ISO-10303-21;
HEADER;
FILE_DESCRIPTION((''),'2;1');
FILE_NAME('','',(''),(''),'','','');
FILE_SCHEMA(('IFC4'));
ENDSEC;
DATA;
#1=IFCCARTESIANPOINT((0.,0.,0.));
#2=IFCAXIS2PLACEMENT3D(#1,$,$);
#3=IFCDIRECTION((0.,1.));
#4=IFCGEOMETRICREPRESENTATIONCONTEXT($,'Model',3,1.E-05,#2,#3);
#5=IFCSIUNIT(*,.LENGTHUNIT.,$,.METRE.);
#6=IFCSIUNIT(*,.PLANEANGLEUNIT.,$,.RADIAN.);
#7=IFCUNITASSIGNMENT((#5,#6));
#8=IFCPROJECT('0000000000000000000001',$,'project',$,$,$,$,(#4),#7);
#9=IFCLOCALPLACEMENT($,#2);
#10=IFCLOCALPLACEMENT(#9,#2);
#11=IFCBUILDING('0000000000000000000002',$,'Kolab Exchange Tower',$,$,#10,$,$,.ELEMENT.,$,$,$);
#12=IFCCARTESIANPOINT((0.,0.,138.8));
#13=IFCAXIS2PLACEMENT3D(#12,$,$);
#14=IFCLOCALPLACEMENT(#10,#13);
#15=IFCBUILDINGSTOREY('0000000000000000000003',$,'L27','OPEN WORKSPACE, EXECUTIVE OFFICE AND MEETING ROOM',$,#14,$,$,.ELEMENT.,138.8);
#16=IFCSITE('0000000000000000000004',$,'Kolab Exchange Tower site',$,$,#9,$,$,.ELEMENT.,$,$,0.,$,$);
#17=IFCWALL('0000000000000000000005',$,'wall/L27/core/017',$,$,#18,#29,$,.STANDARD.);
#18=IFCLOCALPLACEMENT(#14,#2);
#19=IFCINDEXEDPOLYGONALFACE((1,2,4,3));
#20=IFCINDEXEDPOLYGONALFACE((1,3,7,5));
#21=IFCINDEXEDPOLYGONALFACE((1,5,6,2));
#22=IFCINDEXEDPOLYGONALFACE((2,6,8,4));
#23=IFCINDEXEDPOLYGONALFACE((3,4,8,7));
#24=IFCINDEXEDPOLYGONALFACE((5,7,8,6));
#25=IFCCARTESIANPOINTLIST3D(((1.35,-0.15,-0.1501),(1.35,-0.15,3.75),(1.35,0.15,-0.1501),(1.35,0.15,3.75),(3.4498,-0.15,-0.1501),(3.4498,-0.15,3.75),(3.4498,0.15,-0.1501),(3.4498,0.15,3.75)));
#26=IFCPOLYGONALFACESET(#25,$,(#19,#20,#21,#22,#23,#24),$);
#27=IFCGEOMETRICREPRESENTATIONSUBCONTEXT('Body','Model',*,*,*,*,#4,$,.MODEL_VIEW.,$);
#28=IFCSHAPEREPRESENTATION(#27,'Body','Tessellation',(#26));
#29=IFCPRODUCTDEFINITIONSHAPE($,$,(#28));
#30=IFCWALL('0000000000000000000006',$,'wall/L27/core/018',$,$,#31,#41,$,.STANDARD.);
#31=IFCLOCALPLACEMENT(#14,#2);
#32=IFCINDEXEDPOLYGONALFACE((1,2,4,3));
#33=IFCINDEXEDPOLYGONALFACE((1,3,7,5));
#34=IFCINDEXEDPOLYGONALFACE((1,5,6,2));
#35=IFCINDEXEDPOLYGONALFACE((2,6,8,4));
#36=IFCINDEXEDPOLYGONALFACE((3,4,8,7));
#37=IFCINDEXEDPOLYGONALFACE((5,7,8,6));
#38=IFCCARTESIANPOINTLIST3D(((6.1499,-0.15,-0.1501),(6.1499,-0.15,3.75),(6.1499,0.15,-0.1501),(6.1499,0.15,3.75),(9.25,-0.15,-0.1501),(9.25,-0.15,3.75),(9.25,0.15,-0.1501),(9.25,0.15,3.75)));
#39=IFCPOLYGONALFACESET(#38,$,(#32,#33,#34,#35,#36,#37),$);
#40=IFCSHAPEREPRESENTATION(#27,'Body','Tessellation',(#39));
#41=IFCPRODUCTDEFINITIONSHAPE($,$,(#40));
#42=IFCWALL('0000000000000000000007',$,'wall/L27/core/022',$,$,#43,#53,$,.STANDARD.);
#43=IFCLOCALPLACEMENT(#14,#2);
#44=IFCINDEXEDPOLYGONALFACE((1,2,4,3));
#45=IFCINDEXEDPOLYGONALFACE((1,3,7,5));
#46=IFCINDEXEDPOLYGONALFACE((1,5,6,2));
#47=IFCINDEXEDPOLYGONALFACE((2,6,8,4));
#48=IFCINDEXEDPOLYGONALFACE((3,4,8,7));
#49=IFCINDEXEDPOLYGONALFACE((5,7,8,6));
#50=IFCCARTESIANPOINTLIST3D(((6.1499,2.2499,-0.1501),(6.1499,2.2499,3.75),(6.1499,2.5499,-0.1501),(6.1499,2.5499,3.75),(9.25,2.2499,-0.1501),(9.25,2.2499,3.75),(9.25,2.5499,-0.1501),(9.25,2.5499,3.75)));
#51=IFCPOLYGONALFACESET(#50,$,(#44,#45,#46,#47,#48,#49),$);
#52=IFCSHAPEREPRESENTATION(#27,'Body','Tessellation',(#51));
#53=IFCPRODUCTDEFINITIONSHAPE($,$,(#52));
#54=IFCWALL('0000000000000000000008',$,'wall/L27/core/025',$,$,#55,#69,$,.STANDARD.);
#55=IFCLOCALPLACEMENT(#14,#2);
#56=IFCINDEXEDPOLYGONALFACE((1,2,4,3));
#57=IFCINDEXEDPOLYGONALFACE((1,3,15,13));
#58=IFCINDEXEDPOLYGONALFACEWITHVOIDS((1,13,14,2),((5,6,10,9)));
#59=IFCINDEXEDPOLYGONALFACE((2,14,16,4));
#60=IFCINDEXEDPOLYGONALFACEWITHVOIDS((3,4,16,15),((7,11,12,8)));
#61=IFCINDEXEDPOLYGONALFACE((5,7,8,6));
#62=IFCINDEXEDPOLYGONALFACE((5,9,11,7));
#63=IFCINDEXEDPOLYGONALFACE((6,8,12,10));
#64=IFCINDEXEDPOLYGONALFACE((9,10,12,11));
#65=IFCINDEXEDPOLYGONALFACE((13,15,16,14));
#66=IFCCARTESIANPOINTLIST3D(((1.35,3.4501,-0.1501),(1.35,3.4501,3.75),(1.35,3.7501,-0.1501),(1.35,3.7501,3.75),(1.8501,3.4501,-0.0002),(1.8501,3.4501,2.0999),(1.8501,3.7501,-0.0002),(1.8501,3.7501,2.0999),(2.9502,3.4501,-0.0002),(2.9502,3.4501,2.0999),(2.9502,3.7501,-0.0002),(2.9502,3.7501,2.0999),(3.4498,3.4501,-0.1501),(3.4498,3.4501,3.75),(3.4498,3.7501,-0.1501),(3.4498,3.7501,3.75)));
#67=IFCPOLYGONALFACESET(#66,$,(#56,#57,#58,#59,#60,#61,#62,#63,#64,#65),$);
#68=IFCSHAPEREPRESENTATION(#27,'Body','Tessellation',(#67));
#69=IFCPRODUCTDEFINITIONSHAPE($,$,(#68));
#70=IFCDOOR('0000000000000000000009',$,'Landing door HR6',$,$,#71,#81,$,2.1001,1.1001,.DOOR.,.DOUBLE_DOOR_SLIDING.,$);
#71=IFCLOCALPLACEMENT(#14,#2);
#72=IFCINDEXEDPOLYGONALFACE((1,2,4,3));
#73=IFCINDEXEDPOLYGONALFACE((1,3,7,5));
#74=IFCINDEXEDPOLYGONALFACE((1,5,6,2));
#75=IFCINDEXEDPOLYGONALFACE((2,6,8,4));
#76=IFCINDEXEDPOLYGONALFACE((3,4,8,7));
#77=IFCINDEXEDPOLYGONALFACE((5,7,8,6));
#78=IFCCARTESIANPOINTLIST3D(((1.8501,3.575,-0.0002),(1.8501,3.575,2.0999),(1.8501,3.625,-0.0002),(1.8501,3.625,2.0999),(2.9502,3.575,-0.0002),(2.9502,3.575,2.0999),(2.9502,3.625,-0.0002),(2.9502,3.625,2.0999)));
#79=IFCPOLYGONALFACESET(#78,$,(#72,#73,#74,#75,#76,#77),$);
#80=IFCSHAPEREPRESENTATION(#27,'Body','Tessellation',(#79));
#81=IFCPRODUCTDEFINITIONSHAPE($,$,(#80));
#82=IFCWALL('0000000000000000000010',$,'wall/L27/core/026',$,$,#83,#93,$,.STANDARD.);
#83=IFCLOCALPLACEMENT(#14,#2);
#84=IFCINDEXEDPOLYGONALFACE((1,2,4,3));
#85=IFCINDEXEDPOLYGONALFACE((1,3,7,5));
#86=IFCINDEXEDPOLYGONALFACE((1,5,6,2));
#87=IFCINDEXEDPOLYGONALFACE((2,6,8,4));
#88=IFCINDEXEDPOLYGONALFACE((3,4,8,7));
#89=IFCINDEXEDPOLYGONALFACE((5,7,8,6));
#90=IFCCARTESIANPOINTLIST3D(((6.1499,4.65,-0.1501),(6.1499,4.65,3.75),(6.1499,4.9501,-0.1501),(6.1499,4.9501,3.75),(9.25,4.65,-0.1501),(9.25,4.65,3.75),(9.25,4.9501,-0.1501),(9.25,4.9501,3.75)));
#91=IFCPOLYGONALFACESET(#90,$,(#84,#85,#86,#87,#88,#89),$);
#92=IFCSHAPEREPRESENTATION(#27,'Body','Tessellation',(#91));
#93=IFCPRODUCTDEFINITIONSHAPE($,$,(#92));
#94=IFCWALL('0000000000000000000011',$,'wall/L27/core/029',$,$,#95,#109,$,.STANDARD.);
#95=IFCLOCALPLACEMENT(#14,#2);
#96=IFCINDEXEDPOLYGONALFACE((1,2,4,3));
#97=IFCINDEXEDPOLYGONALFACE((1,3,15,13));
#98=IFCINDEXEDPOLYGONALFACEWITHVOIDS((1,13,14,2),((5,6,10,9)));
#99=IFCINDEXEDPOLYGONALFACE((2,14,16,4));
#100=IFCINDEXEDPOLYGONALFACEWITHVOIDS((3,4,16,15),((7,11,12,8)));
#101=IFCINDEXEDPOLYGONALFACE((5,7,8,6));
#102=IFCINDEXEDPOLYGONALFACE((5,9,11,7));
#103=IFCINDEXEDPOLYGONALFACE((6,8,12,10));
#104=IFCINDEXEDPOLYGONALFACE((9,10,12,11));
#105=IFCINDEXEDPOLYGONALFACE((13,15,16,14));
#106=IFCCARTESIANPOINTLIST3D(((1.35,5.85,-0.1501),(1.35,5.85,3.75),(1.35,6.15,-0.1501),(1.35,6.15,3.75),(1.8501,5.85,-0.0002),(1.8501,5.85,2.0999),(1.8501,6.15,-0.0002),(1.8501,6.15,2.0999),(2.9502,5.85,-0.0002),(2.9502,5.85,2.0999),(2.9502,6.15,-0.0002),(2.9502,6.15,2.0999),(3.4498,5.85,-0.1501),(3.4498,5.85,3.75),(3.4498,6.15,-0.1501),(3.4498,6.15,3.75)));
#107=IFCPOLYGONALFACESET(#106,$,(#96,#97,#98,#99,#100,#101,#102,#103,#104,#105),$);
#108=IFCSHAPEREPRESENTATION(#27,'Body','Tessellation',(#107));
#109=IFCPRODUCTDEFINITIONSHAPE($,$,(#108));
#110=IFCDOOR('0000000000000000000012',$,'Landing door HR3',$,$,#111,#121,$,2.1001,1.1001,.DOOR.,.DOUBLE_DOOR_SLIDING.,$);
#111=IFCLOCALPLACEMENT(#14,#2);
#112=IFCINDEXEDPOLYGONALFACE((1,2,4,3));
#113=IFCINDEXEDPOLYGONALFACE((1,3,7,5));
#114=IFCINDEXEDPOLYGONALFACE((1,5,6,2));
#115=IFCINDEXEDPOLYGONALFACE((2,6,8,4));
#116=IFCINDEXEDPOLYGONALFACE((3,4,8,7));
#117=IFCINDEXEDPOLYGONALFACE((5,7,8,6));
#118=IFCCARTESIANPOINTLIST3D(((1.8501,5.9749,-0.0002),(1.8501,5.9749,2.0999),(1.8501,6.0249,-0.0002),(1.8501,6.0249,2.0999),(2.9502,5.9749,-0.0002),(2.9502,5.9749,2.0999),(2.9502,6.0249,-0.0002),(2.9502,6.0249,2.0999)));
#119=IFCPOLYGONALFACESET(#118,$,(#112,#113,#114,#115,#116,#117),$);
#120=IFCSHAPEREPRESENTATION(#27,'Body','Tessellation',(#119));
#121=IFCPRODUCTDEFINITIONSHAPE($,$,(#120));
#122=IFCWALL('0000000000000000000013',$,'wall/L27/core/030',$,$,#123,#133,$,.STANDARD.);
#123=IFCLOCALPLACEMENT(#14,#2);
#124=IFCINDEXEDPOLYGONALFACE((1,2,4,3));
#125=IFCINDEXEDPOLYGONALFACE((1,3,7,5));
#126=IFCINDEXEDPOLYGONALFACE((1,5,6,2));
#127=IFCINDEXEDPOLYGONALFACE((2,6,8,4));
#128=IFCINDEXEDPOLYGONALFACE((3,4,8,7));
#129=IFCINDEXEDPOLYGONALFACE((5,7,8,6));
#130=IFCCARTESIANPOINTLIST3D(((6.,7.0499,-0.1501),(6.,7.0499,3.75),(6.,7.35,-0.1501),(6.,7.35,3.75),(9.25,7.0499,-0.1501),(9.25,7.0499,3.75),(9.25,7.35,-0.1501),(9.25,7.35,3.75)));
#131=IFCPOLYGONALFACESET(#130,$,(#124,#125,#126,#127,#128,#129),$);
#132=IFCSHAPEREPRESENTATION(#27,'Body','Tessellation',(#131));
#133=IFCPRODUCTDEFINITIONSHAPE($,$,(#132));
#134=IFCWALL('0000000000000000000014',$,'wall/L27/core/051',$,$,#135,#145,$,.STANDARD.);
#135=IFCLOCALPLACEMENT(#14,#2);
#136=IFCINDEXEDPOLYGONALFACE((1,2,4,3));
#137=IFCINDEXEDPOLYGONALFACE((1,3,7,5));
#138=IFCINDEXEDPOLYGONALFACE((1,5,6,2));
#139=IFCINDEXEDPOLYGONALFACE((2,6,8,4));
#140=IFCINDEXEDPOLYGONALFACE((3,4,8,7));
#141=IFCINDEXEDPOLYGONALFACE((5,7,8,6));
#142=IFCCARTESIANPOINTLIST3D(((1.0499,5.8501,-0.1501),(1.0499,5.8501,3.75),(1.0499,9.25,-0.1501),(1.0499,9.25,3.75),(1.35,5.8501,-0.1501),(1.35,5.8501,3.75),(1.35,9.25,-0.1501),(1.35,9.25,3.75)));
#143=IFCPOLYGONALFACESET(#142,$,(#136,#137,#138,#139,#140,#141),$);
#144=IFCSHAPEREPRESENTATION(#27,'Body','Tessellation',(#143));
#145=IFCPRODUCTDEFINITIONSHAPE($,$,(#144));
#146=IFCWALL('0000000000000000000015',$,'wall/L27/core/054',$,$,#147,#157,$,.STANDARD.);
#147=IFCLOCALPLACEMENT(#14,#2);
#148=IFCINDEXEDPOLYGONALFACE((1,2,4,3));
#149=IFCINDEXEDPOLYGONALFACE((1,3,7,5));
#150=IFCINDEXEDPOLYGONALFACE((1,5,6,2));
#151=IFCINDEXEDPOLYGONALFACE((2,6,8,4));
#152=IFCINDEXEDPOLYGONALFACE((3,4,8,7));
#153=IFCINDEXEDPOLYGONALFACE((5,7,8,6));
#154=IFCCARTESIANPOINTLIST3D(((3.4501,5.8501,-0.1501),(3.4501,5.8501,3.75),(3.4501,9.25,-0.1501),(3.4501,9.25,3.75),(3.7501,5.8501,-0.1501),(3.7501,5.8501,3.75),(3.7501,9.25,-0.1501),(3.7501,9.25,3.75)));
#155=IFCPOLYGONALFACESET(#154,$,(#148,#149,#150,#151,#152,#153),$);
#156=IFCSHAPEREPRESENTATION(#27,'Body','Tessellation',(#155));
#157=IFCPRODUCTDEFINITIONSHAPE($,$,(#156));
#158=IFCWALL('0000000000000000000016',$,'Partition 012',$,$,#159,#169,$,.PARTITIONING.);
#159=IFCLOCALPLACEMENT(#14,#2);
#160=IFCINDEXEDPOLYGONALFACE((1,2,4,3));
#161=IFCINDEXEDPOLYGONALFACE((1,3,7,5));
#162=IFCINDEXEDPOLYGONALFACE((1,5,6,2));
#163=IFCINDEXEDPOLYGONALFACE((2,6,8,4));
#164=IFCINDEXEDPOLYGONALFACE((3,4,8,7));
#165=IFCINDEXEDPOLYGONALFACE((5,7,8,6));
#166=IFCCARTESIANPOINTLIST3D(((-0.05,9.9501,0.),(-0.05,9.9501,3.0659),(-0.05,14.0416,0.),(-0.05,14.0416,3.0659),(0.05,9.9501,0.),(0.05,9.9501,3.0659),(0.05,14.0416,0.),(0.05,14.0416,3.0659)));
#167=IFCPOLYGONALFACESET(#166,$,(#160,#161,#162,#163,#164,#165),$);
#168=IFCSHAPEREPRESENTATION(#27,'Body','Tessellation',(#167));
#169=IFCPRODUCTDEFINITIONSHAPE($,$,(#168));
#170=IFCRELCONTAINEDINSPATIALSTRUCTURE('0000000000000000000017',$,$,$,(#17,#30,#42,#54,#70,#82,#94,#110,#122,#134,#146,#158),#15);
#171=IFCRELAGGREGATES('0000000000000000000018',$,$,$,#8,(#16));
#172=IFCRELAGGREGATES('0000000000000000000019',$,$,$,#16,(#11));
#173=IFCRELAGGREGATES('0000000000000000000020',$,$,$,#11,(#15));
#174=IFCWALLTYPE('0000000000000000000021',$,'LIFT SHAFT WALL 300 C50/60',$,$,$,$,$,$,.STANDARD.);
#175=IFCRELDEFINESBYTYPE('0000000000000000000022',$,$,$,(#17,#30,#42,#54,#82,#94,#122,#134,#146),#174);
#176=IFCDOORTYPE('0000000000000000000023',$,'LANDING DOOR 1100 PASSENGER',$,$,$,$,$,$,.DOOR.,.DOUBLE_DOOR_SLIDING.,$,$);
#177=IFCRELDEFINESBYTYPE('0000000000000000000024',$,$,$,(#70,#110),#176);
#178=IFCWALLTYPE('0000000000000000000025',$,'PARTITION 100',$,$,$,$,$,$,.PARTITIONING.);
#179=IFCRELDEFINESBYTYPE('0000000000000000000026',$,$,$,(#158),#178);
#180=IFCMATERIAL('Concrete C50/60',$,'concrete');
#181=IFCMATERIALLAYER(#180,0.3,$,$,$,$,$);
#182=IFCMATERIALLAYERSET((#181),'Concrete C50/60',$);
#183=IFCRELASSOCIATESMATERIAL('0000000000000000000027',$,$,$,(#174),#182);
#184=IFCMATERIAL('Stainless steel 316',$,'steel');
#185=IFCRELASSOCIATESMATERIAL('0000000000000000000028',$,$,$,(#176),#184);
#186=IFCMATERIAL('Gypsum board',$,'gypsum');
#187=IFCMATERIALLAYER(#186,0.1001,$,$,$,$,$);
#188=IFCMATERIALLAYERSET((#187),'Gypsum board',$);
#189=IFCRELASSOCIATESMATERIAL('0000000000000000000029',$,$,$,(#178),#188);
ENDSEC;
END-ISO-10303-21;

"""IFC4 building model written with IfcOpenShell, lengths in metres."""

from ifc_helpers import new_model, si_unit, direction, frame, frame_2d, origin, place, context, subcontext, project, spatial, rectangle, extrude, material, layer, layer_set, type_object, element, fill, save


model = new_model("IFC4")

# Units and contexts
model_context = context("Model", 3, precision=1e-05, world=origin(), true_north=direction((0.0, 1.0)))
body_context = subcontext(model_context, "Body", "Model", "MODEL_VIEW")
ifc_project = project(units=[si_unit("LENGTHUNIT", "METRE"), si_unit("PLANEANGLEUNIT", "RADIAN")], contexts=[model_context])

# Site, building, storey
site_placement = place(None, origin())
site = spatial("IfcSite", under=ifc_project, at=site_placement, Name="Kolab Exchange Tower site", CompositionType="ELEMENT", RefElevation=0.0)
building_placement = place(site_placement, origin())
building = spatial("IfcBuilding", under=site, at=building_placement, Name="Kolab Exchange Tower", CompositionType="ELEMENT")
storey_placement = place(building_placement, frame((0.0, 0.0, 138.8)))
storey = spatial("IfcBuildingStorey", under=building, at=storey_placement, Name="L27", Description="OPEN WORKSPACE, EXECUTIVE OFFICE AND MEETING ROOM", CompositionType="ELEMENT", Elevation=138.8)

# Shared definitions
ifc_material_1 = material(Name="Concrete C50/60", Category="concrete")

# Walls
ifc_layer_1 = layer(ifc_material_1, 0.3)
ifc_layer_set_1 = layer_set([ifc_layer_1], Name="Concrete C50/60")
wall_type_1 = type_object("IfcWallType", Name="LIFT SHAFT WALL 300 C50/60", PredefinedType="STANDARD", material=ifc_layer_set_1)
wall_1_placement = place(storey_placement, frame((1.3501, 0.0, -0.1501), z_axis=(0.0, 0.0, 1.0), x_axis=(1.0, 0.0, 0.0)))
element("IfcWall", 1, at=wall_1_placement, inside=storey, type_object=wall_type_1, Name="wall/L27/core/017", PredefinedType="STANDARD", context=body_context, shape_type="SweptSolid", body=[
    extrude(rectangle(XDim=2.0999, YDim=0.3, at=frame_2d((1.0498, 0.0))), origin(), (0.0, 0.0, 1.0), 3.9001),
])
for number, where, z_axis, x_axis, name in (
    (2, (6.1499, 0.0, -0.1501), (0.0, 0.0, 1.0), (1.0, 0.0, 0.0), "wall/L27/core/018"),
    (3, (6.1499, 2.3999, -0.1501), (0.0, 0.0, 1.0), (1.0, 0.0, 0.0), "wall/L27/core/022"),
):
    element("IfcWall", number, at=place(storey_placement, frame(where, z_axis=z_axis, x_axis=x_axis)), inside=storey, type_object=wall_type_1, Name=name, PredefinedType="STANDARD", context=body_context, shape_type="SweptSolid", body=[
        extrude(rectangle(XDim=3.1001, YDim=0.3, at=frame_2d((1.55, 0.0))), origin(), (0.0, 0.0, 1.0), 3.9001),
    ])

# Wall, opening, door
wall_2_placement = place(storey_placement, frame((1.3501, 3.6001, -0.1501), z_axis=(0.0, 0.0, 1.0), x_axis=(1.0, 0.0, 0.0)))
wall_2 = element("IfcWall", 4, at=wall_2_placement, inside=storey, type_object=wall_type_1, Name="wall/L27/core/025", PredefinedType="STANDARD", context=body_context, shape_type="SweptSolid", body=[
    extrude(rectangle(XDim=2.0999, YDim=0.3, at=frame_2d((1.0498, 0.0))), origin(), (0.0, 0.0, 1.0), 3.9001),
])
opening_1_placement = place(wall_2_placement, frame((0.5, 0.0, 0.1499)))
opening_1 = element("IfcOpeningElement", 5, at=opening_1_placement, cuts=wall_2, PredefinedType="OPENING", context=body_context, shape_type="SweptSolid", body=[
    extrude(rectangle(XDim=1.1001, YDim=2.1001, at=frame_2d((0.55, 1.05))), frame((0.0, 0.1602, 0.0), z_axis=(0.0, -1.0, 0.0), x_axis=(1.0, 0.0, 0.0)), (0.0, 0.0, 1.0), 0.3201),
])
ifc_material_2 = material(Name="Stainless steel 316", Category="steel")
door_type_1 = type_object("IfcDoorType", Name="LANDING DOOR 1100 PASSENGER", OperationType="DOUBLE_DOOR_SLIDING", PredefinedType="DOOR", material=ifc_material_2)
door_1_placement = place(opening_1_placement, origin())
door_1 = element("IfcDoor", 6, at=door_1_placement, inside=storey, type_object=door_type_1, Name="Landing door HR6", OperationType="DOUBLE_DOOR_SLIDING", OverallHeight=2.1001, OverallWidth=1.1001, PredefinedType="DOOR", context=body_context, shape_type="SweptSolid", body=[
    extrude(rectangle(XDim=1.1001, YDim=2.1001, at=frame_2d((0.55, 1.05))), frame((0.0, 0.0249, 0.0), z_axis=(0.0, -1.0, 0.0), x_axis=(1.0, 0.0, 0.0)), (0.0, 0.0, 1.0), 0.05),
])
fill(opening_1, door_1)

# Wall
wall_3_placement = place(storey_placement, frame((6.1499, 4.8, -0.1501), z_axis=(0.0, 0.0, 1.0), x_axis=(1.0, 0.0, 0.0)))
element("IfcWall", 7, at=wall_3_placement, inside=storey, type_object=wall_type_1, Name="wall/L27/core/026", PredefinedType="STANDARD", context=body_context, shape_type="SweptSolid", body=[
    extrude(rectangle(XDim=3.1001, YDim=0.3, at=frame_2d((1.55, 0.0))), origin(), (0.0, 0.0, 1.0), 3.9001),
])

# Wall, opening, door
wall_4_placement = place(storey_placement, frame((1.3501, 6.0, -0.1501), z_axis=(0.0, 0.0, 1.0), x_axis=(1.0, 0.0, 0.0)))
wall_4 = element("IfcWall", 8, at=wall_4_placement, inside=storey, type_object=wall_type_1, Name="wall/L27/core/029", PredefinedType="STANDARD", context=body_context, shape_type="SweptSolid", body=[
    extrude(rectangle(XDim=2.0999, YDim=0.3, at=frame_2d((1.0498, 0.0))), origin(), (0.0, 0.0, 1.0), 3.9001),
])
opening_2_placement = place(wall_4_placement, frame((0.5, 0.0, 0.1499)))
opening_2 = element("IfcOpeningElement", 9, at=opening_2_placement, cuts=wall_4, PredefinedType="OPENING", context=body_context, shape_type="SweptSolid", body=[
    extrude(rectangle(XDim=1.1001, YDim=2.1001, at=frame_2d((0.55, 1.05))), frame((0.0, 0.1602, 0.0), z_axis=(0.0, -1.0, 0.0), x_axis=(1.0, 0.0, 0.0)), (0.0, 0.0, 1.0), 0.3201),
])
door_2_placement = place(opening_2_placement, origin())
door_2 = element("IfcDoor", 10, at=door_2_placement, inside=storey, type_object=door_type_1, Name="Landing door HR3", OperationType="DOUBLE_DOOR_SLIDING", OverallHeight=2.1001, OverallWidth=1.1001, PredefinedType="DOOR", context=body_context, shape_type="SweptSolid", body=[
    extrude(rectangle(XDim=1.1001, YDim=2.1001, at=frame_2d((0.55, 1.05))), frame((0.0, 0.0249, 0.0), z_axis=(0.0, -1.0, 0.0), x_axis=(1.0, 0.0, 0.0)), (0.0, 0.0, 1.0), 0.05),
])
fill(opening_2, door_2)

# Walls
wall_5_placement = place(storey_placement, frame((6.0, 7.2, -0.1501), z_axis=(0.0, 0.0, 1.0), x_axis=(1.0, 0.0, 0.0)))
element("IfcWall", 11, at=wall_5_placement, inside=storey, type_object=wall_type_1, Name="wall/L27/core/030", PredefinedType="STANDARD", context=body_context, shape_type="SweptSolid", body=[
    extrude(rectangle(XDim=3.25, YDim=0.3, at=frame_2d((1.625, 0.0))), origin(), (0.0, 0.0, 1.0), 3.9001),
])
for number, where, z_axis, x_axis, name in (
    (12, (1.2, 5.8501, -0.1501), (0.0, 0.0, 1.0), (0.0, 1.0, 0.0), "wall/L27/core/051"),
    (13, (3.6001, 5.8501, -0.1501), (0.0, 0.0, 1.0), (0.0, 1.0, 0.0), "wall/L27/core/054"),
):
    element("IfcWall", number, at=place(storey_placement, frame(where, z_axis=z_axis, x_axis=x_axis)), inside=storey, type_object=wall_type_1, Name=name, PredefinedType="STANDARD", context=body_context, shape_type="SweptSolid", body=[
        extrude(rectangle(XDim=3.3999, YDim=0.3, at=frame_2d((1.7, 0.0))), origin(), (0.0, 0.0, 1.0), 3.9001),
    ])
ifc_material_3 = material(Name="Gypsum board", Category="gypsum")
ifc_layer_2 = layer(ifc_material_3, 0.1001)
ifc_layer_set_2 = layer_set([ifc_layer_2], Name="Gypsum board")
wall_type_2 = type_object("IfcWallType", Name="PARTITION 100", PredefinedType="PARTITIONING", material=ifc_layer_set_2)
wall_6_placement = place(storey_placement, frame((0.0, 9.95, 0.0), z_axis=(0.0, 0.0, 1.0), x_axis=(0.0, 1.0, 0.0)))
element("IfcWall", 14, at=wall_6_placement, inside=storey, type_object=wall_type_2, Name="Partition 012", PredefinedType="PARTITIONING", context=body_context, shape_type="SweptSolid", body=[
    extrude(rectangle(XDim=4.0916, YDim=0.1001, at=frame_2d((2.0459, 0.0))), origin(), (0.0, 0.0, 1.0), 3.0659),
])

save(model, "model.ifc")
